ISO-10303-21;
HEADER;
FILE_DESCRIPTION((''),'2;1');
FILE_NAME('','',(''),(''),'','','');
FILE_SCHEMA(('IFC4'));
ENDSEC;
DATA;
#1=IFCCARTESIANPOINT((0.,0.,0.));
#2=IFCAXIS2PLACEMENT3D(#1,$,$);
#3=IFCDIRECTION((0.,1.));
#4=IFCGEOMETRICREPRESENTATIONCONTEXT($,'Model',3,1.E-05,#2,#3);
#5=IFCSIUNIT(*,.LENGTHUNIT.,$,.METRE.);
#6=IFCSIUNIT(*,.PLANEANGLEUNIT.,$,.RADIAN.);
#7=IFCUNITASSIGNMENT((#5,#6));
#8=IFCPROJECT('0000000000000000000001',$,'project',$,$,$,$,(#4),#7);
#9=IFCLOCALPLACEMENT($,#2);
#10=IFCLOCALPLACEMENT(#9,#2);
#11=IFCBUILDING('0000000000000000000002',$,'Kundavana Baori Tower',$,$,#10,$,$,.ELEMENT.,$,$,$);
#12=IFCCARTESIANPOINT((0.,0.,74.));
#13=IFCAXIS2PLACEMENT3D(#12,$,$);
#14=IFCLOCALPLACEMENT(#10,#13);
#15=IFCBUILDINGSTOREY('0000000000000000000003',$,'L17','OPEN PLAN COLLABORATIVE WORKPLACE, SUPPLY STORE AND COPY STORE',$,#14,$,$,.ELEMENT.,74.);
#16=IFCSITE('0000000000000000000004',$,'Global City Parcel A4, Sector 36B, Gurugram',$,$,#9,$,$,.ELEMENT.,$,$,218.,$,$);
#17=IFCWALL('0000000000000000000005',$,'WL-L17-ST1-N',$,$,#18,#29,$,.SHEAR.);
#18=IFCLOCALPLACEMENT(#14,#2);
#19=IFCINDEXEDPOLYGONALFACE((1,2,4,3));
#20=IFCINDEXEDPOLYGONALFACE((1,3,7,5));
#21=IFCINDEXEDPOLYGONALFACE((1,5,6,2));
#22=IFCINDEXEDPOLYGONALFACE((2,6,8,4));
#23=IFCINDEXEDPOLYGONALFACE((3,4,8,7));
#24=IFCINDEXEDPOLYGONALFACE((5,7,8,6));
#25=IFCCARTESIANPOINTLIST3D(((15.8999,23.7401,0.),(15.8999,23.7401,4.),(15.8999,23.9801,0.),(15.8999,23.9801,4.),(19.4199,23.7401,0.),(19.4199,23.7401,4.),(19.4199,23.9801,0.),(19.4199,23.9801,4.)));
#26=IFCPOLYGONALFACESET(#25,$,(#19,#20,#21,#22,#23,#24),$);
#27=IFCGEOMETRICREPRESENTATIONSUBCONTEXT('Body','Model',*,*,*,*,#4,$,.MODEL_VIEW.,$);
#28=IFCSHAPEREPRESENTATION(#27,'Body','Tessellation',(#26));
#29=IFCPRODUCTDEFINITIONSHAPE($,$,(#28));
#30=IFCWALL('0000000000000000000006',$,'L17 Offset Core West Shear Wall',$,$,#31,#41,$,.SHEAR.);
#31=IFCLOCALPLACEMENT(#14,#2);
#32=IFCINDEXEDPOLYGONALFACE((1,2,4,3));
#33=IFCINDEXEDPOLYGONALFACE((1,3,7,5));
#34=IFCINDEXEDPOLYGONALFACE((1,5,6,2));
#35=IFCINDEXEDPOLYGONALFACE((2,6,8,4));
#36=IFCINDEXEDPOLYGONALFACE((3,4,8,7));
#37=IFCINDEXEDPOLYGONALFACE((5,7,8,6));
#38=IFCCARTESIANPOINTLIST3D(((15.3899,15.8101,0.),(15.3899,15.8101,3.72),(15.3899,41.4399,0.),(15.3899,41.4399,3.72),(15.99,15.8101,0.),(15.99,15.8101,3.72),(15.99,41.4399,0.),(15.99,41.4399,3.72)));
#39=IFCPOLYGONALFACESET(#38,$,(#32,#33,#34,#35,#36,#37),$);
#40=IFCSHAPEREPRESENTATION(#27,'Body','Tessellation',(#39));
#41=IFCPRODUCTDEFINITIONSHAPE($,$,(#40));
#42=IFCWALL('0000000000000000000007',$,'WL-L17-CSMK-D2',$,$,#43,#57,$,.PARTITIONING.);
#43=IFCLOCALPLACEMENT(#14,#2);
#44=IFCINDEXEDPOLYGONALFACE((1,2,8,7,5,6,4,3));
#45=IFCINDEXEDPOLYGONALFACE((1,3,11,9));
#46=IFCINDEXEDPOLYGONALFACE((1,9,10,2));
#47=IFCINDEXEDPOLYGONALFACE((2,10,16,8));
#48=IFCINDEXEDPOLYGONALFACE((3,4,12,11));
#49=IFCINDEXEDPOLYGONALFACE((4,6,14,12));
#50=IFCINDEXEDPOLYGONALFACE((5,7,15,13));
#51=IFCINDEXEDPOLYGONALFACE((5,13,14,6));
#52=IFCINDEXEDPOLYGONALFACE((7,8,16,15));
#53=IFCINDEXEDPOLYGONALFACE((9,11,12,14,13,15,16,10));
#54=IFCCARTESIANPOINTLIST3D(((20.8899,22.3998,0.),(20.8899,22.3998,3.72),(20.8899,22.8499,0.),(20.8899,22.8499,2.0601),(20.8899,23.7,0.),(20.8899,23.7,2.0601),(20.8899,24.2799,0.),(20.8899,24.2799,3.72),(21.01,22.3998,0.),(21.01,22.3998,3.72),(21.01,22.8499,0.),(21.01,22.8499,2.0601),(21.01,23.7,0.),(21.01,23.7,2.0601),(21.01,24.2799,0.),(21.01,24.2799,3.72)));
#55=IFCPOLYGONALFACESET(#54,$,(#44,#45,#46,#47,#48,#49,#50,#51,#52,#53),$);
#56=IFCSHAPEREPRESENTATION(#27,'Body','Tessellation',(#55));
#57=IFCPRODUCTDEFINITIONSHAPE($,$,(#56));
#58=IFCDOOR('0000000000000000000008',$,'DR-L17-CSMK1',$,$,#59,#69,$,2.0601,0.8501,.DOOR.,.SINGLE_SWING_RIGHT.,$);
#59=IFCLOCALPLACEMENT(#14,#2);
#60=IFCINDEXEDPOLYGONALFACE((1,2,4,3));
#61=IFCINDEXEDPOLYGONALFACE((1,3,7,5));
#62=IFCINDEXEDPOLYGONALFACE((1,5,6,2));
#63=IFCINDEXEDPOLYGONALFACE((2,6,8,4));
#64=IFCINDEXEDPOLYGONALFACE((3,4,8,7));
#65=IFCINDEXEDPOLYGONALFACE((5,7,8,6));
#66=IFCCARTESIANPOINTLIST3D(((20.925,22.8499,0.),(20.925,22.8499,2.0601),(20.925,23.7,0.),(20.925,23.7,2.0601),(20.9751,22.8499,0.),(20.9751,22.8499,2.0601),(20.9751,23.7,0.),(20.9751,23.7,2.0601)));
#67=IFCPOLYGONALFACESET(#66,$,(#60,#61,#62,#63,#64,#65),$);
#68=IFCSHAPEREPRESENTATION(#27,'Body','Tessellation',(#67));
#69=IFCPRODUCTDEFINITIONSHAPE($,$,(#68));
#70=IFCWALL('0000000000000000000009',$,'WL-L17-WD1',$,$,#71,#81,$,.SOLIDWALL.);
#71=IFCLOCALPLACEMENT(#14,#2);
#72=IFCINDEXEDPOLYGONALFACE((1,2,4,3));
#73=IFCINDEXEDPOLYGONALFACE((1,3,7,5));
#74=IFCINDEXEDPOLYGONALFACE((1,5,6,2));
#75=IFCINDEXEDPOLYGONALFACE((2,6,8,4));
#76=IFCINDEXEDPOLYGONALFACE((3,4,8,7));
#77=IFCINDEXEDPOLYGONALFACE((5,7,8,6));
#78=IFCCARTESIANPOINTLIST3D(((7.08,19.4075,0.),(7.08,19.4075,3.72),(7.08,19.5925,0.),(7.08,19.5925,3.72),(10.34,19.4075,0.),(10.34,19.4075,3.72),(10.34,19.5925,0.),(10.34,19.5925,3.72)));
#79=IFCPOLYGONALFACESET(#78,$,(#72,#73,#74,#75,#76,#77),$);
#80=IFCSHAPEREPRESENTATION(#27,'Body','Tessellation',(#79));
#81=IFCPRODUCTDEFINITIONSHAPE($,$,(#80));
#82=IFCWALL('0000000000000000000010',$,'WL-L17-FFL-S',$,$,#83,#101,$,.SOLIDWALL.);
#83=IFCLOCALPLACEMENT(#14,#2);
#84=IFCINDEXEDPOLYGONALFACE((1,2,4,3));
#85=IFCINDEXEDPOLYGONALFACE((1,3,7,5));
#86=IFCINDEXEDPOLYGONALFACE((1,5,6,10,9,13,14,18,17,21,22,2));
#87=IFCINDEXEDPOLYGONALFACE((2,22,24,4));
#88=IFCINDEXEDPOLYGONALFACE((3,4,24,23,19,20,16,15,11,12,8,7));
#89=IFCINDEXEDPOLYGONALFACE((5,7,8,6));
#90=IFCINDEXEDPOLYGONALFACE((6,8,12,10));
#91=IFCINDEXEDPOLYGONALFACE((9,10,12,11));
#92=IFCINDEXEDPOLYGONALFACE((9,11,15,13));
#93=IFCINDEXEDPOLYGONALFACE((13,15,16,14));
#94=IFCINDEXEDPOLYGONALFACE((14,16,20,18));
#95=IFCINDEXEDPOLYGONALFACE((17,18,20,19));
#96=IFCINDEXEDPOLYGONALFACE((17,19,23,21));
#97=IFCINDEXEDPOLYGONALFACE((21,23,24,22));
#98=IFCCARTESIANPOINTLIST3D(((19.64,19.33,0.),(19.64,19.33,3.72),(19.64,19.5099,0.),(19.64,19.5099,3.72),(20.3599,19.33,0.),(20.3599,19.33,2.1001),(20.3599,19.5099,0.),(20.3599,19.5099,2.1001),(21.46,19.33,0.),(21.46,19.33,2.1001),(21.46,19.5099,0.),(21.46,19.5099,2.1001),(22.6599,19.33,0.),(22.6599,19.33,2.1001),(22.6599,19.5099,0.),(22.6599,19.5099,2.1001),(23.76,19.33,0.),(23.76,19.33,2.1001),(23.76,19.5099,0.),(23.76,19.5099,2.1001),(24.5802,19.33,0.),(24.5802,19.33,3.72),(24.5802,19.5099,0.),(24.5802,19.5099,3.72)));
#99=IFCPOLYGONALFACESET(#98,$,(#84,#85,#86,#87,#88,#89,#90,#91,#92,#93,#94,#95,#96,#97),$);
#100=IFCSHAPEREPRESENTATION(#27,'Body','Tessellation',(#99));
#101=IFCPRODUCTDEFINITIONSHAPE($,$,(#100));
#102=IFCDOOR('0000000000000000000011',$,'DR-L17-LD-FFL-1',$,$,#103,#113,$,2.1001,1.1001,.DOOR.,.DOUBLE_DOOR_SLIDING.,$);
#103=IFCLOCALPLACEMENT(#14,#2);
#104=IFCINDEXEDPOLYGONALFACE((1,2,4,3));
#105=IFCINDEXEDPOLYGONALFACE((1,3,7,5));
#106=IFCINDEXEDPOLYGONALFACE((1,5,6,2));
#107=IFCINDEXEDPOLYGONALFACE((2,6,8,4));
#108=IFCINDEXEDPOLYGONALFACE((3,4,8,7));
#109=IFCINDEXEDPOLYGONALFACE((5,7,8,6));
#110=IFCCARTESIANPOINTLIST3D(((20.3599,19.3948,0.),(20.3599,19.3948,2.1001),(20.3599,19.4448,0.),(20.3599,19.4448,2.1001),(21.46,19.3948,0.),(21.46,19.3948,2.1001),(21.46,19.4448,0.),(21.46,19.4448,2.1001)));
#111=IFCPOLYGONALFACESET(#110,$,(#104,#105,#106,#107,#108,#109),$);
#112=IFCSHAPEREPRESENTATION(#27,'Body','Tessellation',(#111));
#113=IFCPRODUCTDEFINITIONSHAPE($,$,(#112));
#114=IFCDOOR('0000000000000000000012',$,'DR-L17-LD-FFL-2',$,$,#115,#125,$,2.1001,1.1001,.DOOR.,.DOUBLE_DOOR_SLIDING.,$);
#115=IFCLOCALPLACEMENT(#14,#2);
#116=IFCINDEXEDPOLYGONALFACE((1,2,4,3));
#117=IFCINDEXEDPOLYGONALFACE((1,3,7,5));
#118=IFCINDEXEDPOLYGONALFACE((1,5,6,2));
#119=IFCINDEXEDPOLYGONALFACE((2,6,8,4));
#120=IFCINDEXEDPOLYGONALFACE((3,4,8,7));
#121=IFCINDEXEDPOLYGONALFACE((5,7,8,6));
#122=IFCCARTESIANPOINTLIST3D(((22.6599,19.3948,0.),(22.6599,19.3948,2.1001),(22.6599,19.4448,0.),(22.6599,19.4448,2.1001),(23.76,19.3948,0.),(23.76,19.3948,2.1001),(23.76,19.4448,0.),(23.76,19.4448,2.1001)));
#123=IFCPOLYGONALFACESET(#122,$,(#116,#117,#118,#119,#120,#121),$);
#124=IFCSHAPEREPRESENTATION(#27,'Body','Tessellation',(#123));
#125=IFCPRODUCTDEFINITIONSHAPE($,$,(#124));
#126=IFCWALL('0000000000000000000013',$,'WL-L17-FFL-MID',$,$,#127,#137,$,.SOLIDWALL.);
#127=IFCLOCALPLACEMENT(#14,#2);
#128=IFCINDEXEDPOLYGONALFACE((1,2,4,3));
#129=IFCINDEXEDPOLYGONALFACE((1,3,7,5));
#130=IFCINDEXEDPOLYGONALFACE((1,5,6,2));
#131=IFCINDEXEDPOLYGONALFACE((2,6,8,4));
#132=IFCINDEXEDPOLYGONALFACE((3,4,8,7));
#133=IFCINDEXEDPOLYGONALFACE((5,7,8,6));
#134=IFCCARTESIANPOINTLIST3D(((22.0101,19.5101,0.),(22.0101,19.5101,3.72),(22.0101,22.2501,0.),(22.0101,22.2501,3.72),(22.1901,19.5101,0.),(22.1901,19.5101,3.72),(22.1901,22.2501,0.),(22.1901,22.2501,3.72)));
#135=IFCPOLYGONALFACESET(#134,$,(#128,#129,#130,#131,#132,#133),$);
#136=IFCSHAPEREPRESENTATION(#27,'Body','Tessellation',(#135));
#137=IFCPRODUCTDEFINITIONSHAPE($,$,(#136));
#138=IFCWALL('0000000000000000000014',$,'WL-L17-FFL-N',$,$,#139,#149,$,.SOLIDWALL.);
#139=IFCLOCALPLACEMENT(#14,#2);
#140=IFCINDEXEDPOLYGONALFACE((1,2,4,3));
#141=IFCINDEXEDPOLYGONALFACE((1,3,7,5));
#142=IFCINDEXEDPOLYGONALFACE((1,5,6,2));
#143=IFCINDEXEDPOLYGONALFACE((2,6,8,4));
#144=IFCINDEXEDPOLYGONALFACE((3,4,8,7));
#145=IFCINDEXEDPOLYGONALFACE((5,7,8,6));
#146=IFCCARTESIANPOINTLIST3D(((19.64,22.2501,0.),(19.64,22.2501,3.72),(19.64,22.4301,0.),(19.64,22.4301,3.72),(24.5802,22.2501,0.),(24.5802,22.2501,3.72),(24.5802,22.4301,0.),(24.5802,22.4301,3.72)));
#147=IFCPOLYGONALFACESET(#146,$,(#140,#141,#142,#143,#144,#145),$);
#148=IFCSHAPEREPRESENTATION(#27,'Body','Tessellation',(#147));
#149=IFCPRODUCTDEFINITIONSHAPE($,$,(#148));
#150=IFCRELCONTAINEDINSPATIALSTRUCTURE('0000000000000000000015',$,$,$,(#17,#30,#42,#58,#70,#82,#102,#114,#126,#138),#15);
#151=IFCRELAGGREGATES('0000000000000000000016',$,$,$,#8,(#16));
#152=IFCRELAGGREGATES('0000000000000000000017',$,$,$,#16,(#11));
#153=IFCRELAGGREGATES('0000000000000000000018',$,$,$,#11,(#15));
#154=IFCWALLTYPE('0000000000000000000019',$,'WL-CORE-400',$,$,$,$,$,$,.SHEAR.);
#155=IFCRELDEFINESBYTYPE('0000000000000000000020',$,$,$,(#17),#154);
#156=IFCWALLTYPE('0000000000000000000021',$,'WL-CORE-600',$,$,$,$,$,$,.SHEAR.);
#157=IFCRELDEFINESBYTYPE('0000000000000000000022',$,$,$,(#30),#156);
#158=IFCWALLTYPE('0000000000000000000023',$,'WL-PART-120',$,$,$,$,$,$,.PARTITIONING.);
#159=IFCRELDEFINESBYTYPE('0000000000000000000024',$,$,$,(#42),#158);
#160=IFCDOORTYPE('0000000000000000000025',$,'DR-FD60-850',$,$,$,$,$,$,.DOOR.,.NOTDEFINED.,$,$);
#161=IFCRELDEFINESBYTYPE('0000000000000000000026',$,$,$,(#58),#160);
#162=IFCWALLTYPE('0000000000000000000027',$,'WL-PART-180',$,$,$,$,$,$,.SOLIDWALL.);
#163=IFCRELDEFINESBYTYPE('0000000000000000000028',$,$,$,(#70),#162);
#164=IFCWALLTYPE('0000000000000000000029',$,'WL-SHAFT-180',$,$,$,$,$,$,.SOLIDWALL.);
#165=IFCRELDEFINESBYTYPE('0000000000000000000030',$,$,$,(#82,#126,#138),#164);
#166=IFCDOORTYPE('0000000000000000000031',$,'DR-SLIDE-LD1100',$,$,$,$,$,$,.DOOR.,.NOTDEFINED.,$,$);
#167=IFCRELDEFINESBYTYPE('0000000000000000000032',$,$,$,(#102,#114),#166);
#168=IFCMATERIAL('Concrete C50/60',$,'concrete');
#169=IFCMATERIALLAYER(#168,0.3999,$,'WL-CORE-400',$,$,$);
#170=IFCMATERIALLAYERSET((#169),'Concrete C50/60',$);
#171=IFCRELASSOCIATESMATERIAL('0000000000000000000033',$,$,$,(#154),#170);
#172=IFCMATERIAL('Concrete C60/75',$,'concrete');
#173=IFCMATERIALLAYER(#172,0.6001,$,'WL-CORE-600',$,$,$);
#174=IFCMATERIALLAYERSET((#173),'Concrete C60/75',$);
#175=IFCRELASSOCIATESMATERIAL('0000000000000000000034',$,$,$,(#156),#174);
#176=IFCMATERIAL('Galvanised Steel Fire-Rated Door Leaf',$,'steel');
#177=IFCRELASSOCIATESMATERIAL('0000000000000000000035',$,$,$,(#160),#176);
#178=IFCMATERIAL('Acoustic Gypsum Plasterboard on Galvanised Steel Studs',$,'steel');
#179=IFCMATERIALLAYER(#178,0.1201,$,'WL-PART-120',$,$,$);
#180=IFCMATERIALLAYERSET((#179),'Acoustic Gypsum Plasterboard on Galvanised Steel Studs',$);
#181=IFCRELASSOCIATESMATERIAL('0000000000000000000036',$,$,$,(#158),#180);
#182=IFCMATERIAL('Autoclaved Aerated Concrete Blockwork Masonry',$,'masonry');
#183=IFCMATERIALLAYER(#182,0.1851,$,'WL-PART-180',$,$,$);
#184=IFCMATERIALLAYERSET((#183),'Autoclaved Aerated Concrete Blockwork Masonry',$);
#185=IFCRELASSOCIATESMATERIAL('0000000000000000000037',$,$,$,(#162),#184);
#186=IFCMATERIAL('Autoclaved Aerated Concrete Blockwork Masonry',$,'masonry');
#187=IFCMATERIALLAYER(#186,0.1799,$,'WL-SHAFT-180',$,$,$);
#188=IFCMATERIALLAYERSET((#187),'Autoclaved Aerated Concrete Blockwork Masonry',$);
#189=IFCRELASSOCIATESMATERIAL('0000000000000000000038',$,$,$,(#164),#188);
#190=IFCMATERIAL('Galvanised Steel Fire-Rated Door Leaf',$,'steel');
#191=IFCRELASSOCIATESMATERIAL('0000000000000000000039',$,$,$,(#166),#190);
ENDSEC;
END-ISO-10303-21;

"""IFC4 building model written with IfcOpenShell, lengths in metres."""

from ifc_helpers import new_model, si_unit, direction, frame, frame_2d, origin, place, context, subcontext, project, spatial, rectangle, extrude, material, layer, layer_set, type_object, element, fill, save


model = new_model("IFC4")

# Units and contexts
model_context = context("Model", 3, precision=1e-05, world=origin(), true_north=direction((0.0, 1.0)))
body_context = subcontext(model_context, "Body", "Model", "MODEL_VIEW")
ifc_project = project(units=[si_unit("LENGTHUNIT", "METRE"), si_unit("PLANEANGLEUNIT", "RADIAN")], contexts=[model_context])

# Site, building, storey
site_placement = place(None, origin())
site = spatial("IfcSite", under=ifc_project, at=site_placement, Name="Global City Parcel A4, Sector 36B, Gurugram", CompositionType="ELEMENT", RefElevation=218.0)
building_placement = place(site_placement, origin())
building = spatial("IfcBuilding", under=site, at=building_placement, Name="Kundavana Baori Tower", CompositionType="ELEMENT")
storey_placement = place(building_placement, frame((0.0, 0.0, 74.0)))
storey = spatial("IfcBuildingStorey", under=building, at=storey_placement, Name="L17", Description="OPEN PLAN COLLABORATIVE WORKPLACE, SUPPLY STORE AND COPY STORE", CompositionType="ELEMENT", Elevation=74.0)

# Walls
ifc_material_1 = material(Name="Concrete C50/60", Category="concrete")
ifc_layer_1 = layer(ifc_material_1, 0.3999, Name="WL-CORE-400")
ifc_layer_set_1 = layer_set([ifc_layer_1], Name="Concrete C50/60")
wall_type_1 = type_object("IfcWallType", Name="WL-CORE-400", PredefinedType="SHEAR", material=ifc_layer_set_1)
wall_1_placement = place(storey_placement, frame((15.8999, 23.8601, 0.0), z_axis=(0.0, 0.0, 1.0), x_axis=(1.0, 0.0, 0.0)))
element("IfcWall", 1, at=wall_1_placement, inside=storey, type_object=wall_type_1, Name="WL-L17-ST1-N", PredefinedType="SHEAR", context=body_context, shape_type="SweptSolid", body=[
    extrude(rectangle(XDim=3.52, YDim=0.24, at=frame_2d((1.76, 0.0))), origin(), (0.0, 0.0, 1.0), 4.0),
])
ifc_material_2 = material(Name="Concrete C60/75", Category="concrete")
ifc_layer_2 = layer(ifc_material_2, 0.6001, Name="WL-CORE-600")
ifc_layer_set_2 = layer_set([ifc_layer_2], Name="Concrete C60/75")
wall_type_2 = type_object("IfcWallType", Name="WL-CORE-600", PredefinedType="SHEAR", material=ifc_layer_set_2)
wall_2_placement = place(storey_placement, frame((15.6899, 15.8101, 0.0), z_axis=(0.0, 0.0, 1.0), x_axis=(0.0, 1.0, 0.0)))
element("IfcWall", 2, at=wall_2_placement, inside=storey, type_object=wall_type_2, Name="L17 Offset Core West Shear Wall", PredefinedType="SHEAR", context=body_context, shape_type="SweptSolid", body=[
    extrude(rectangle(XDim=25.6299, YDim=0.6001, at=frame_2d((12.8149, 0.0))), origin(), (0.0, 0.0, 1.0), 3.72),
])

# Shared definitions
ifc_material_3 = material(Name="Galvanised Steel Fire-Rated Door Leaf", Category="steel")
door_type_1 = type_object("IfcDoorType", Name="DR-FD60-850", OperationType="NOTDEFINED", PredefinedType="DOOR", material=ifc_material_3)

# Wall, opening, door
ifc_material_4 = material(Name="Acoustic Gypsum Plasterboard on Galvanised Steel Studs", Category="steel")
ifc_layer_3 = layer(ifc_material_4, 0.1201, Name="WL-PART-120")
ifc_layer_set_3 = layer_set([ifc_layer_3], Name="Acoustic Gypsum Plasterboard on Galvanised Steel Studs")
wall_type_3 = type_object("IfcWallType", Name="WL-PART-120", PredefinedType="PARTITIONING", material=ifc_layer_set_3)
wall_3_placement = place(storey_placement, frame((20.95, 22.3999, 0.0), z_axis=(0.0, 0.0, 1.0), x_axis=(0.0, 1.0, 0.0)))
wall_3 = element("IfcWall", 3, at=wall_3_placement, inside=storey, type_object=wall_type_3, Name="WL-L17-CSMK-D2", PredefinedType="PARTITIONING", context=body_context, shape_type="SweptSolid", body=[
    extrude(rectangle(XDim=1.8801, YDim=0.1201, at=frame_2d((0.9399, 0.0))), origin(), (0.0, 0.0, 1.0), 3.72),
])
opening_1_placement = place(wall_3_placement, frame((0.45, 0.0, 0.0)))
opening_1 = element("IfcOpeningElement", 4, at=opening_1_placement, cuts=wall_3, PredefinedType="OPENING", context=body_context, shape_type="SweptSolid", body=[
    extrude(rectangle(XDim=0.8501, YDim=2.0601, at=frame_2d((0.425, 1.03))), frame((0.0, 0.0701, 0.0), z_axis=(0.0, -1.0, 0.0), x_axis=(1.0, 0.0, 0.0)), (0.0, 0.0, 1.0), 0.1401),
])
door_1_placement = place(opening_1_placement, origin())
door_1 = element("IfcDoor", 5, at=door_1_placement, inside=storey, type_object=door_type_1, Name="DR-L17-CSMK1", OperationType="SINGLE_SWING_RIGHT", OverallHeight=2.0601, OverallWidth=0.8501, PredefinedType="DOOR", context=body_context, shape_type="SweptSolid", body=[
    extrude(rectangle(XDim=0.8501, YDim=2.0601, at=frame_2d((0.425, 1.03))), frame((0.0, 0.0249, 0.0), z_axis=(0.0, -1.0, 0.0), x_axis=(1.0, 0.0, 0.0)), (0.0, 0.0, 1.0), 0.05),
])
fill(opening_1, door_1)

# Wall
ifc_material_5 = material(Name="Autoclaved Aerated Concrete Blockwork Masonry", Category="masonry")
ifc_layer_4 = layer(ifc_material_5, 0.1851, Name="WL-PART-180")
ifc_layer_set_4 = layer_set([ifc_layer_4], Name="Autoclaved Aerated Concrete Blockwork Masonry")
wall_type_4 = type_object("IfcWallType", Name="WL-PART-180", PredefinedType="SOLIDWALL", material=ifc_layer_set_4)
wall_4_placement = place(storey_placement, frame((7.0801, 19.5, 0.0), z_axis=(0.0, 0.0, 1.0), x_axis=(1.0, 0.0, 0.0)))
element("IfcWall", 6, at=wall_4_placement, inside=storey, type_object=wall_type_4, Name="WL-L17-WD1", PredefinedType="SOLIDWALL", context=body_context, shape_type="SweptSolid", body=[
    extrude(rectangle(XDim=3.26, YDim=0.1851, at=frame_2d((1.6299, 0.0))), origin(), (0.0, 0.0, 1.0), 3.72),
])

# Wall, openings, doors
ifc_material_6 = material(Name="Autoclaved Aerated Concrete Blockwork Masonry", Category="masonry")
ifc_layer_5 = layer(ifc_material_6, 0.1799, Name="WL-SHAFT-180")
ifc_layer_set_5 = layer_set([ifc_layer_5], Name="Autoclaved Aerated Concrete Blockwork Masonry")
wall_type_5 = type_object("IfcWallType", Name="WL-SHAFT-180", PredefinedType="SOLIDWALL", material=ifc_layer_set_5)
wall_5_placement = place(storey_placement, frame((19.6399, 19.4199, 0.0), z_axis=(0.0, 0.0, 1.0), x_axis=(1.0, 0.0, 0.0)))
wall_5 = element("IfcWall", 7, at=wall_5_placement, inside=storey, type_object=wall_type_5, Name="WL-L17-FFL-S", PredefinedType="SOLIDWALL", context=body_context, shape_type="SweptSolid", body=[
    extrude(rectangle(XDim=4.9402, YDim=0.1799, at=frame_2d((2.4702, 0.0))), origin(), (0.0, 0.0, 1.0), 3.72),
])
opening_2_placement = place(wall_5_placement, frame((0.72, 0.0, 0.0)))
opening_2 = element("IfcOpeningElement", 8, at=opening_2_placement, cuts=wall_5, PredefinedType="OPENING", context=body_context, shape_type="SweptSolid", body=[
    extrude(rectangle(XDim=1.1001, YDim=2.1001, at=frame_2d((0.55, 1.05))), frame((0.0, 0.1001, 0.0), z_axis=(0.0, -1.0, 0.0), x_axis=(1.0, 0.0, 0.0)), (0.0, 0.0, 1.0), 0.2),
])
opening_3_placement = place(wall_5_placement, frame((3.02, 0.0, 0.0)))
opening_3 = element("IfcOpeningElement", 9, at=opening_3_placement, cuts=wall_5, PredefinedType="OPENING", context=body_context, shape_type="SweptSolid", body=[
    extrude(rectangle(XDim=1.1001, YDim=2.1001, at=frame_2d((0.55, 1.05))), frame((0.0, 0.1001, 0.0), z_axis=(0.0, -1.0, 0.0), x_axis=(1.0, 0.0, 0.0)), (0.0, 0.0, 1.0), 0.2),
])
ifc_material_7 = material(Name="Galvanised Steel Fire-Rated Door Leaf", Category="steel")
door_type_2 = type_object("IfcDoorType", Name="DR-SLIDE-LD1100", OperationType="NOTDEFINED", PredefinedType="DOOR", material=ifc_material_7)
door_2_placement = place(opening_2_placement, origin())
door_2 = element("IfcDoor", 10, at=door_2_placement, inside=storey, type_object=door_type_2, Name="DR-L17-LD-FFL-1", OperationType="DOUBLE_DOOR_SLIDING", OverallHeight=2.1001, OverallWidth=1.1001, PredefinedType="DOOR", context=body_context, shape_type="SweptSolid", body=[
    extrude(rectangle(XDim=1.1001, YDim=2.1001, at=frame_2d((0.55, 1.05))), frame((0.0, 0.0249, 0.0), z_axis=(0.0, -1.0, 0.0), x_axis=(1.0, 0.0, 0.0)), (0.0, 0.0, 1.0), 0.05),
])
fill(opening_2, door_2)
door_3_placement = place(opening_3_placement, origin())
door_3 = element("IfcDoor", 11, at=door_3_placement, inside=storey, type_object=door_type_2, Name="DR-L17-LD-FFL-2", OperationType="DOUBLE_DOOR_SLIDING", OverallHeight=2.1001, OverallWidth=1.1001, PredefinedType="DOOR", context=body_context, shape_type="SweptSolid", body=[
    extrude(rectangle(XDim=1.1001, YDim=2.1001, at=frame_2d((0.55, 1.05))), frame((0.0, 0.0249, 0.0), z_axis=(0.0, -1.0, 0.0), x_axis=(1.0, 0.0, 0.0)), (0.0, 0.0, 1.0), 0.05),
])
fill(opening_3, door_3)

# Walls
wall_6_placement = place(storey_placement, frame((22.1001, 19.51, 0.0), z_axis=(0.0, 0.0, 1.0), x_axis=(0.0, 1.0, 0.0)))
element("IfcWall", 12, at=wall_6_placement, inside=storey, type_object=wall_type_5, Name="WL-L17-FFL-MID", PredefinedType="SOLIDWALL", context=body_context, shape_type="SweptSolid", body=[
    extrude(rectangle(XDim=2.74, YDim=0.1799, at=frame_2d((1.3701, 0.0))), origin(), (0.0, 0.0, 1.0), 3.72),
])
wall_7_placement = place(storey_placement, frame((19.6399, 22.3401, 0.0), z_axis=(0.0, 0.0, 1.0), x_axis=(1.0, 0.0, 0.0)))
element("IfcWall", 13, at=wall_7_placement, inside=storey, type_object=wall_type_5, Name="WL-L17-FFL-N", PredefinedType="SOLIDWALL", context=body_context, shape_type="SweptSolid", body=[
    extrude(rectangle(XDim=4.9402, YDim=0.1799, at=frame_2d((2.4702, 0.0))), origin(), (0.0, 0.0, 1.0), 3.72),
])

save(model, "model.ifc")
